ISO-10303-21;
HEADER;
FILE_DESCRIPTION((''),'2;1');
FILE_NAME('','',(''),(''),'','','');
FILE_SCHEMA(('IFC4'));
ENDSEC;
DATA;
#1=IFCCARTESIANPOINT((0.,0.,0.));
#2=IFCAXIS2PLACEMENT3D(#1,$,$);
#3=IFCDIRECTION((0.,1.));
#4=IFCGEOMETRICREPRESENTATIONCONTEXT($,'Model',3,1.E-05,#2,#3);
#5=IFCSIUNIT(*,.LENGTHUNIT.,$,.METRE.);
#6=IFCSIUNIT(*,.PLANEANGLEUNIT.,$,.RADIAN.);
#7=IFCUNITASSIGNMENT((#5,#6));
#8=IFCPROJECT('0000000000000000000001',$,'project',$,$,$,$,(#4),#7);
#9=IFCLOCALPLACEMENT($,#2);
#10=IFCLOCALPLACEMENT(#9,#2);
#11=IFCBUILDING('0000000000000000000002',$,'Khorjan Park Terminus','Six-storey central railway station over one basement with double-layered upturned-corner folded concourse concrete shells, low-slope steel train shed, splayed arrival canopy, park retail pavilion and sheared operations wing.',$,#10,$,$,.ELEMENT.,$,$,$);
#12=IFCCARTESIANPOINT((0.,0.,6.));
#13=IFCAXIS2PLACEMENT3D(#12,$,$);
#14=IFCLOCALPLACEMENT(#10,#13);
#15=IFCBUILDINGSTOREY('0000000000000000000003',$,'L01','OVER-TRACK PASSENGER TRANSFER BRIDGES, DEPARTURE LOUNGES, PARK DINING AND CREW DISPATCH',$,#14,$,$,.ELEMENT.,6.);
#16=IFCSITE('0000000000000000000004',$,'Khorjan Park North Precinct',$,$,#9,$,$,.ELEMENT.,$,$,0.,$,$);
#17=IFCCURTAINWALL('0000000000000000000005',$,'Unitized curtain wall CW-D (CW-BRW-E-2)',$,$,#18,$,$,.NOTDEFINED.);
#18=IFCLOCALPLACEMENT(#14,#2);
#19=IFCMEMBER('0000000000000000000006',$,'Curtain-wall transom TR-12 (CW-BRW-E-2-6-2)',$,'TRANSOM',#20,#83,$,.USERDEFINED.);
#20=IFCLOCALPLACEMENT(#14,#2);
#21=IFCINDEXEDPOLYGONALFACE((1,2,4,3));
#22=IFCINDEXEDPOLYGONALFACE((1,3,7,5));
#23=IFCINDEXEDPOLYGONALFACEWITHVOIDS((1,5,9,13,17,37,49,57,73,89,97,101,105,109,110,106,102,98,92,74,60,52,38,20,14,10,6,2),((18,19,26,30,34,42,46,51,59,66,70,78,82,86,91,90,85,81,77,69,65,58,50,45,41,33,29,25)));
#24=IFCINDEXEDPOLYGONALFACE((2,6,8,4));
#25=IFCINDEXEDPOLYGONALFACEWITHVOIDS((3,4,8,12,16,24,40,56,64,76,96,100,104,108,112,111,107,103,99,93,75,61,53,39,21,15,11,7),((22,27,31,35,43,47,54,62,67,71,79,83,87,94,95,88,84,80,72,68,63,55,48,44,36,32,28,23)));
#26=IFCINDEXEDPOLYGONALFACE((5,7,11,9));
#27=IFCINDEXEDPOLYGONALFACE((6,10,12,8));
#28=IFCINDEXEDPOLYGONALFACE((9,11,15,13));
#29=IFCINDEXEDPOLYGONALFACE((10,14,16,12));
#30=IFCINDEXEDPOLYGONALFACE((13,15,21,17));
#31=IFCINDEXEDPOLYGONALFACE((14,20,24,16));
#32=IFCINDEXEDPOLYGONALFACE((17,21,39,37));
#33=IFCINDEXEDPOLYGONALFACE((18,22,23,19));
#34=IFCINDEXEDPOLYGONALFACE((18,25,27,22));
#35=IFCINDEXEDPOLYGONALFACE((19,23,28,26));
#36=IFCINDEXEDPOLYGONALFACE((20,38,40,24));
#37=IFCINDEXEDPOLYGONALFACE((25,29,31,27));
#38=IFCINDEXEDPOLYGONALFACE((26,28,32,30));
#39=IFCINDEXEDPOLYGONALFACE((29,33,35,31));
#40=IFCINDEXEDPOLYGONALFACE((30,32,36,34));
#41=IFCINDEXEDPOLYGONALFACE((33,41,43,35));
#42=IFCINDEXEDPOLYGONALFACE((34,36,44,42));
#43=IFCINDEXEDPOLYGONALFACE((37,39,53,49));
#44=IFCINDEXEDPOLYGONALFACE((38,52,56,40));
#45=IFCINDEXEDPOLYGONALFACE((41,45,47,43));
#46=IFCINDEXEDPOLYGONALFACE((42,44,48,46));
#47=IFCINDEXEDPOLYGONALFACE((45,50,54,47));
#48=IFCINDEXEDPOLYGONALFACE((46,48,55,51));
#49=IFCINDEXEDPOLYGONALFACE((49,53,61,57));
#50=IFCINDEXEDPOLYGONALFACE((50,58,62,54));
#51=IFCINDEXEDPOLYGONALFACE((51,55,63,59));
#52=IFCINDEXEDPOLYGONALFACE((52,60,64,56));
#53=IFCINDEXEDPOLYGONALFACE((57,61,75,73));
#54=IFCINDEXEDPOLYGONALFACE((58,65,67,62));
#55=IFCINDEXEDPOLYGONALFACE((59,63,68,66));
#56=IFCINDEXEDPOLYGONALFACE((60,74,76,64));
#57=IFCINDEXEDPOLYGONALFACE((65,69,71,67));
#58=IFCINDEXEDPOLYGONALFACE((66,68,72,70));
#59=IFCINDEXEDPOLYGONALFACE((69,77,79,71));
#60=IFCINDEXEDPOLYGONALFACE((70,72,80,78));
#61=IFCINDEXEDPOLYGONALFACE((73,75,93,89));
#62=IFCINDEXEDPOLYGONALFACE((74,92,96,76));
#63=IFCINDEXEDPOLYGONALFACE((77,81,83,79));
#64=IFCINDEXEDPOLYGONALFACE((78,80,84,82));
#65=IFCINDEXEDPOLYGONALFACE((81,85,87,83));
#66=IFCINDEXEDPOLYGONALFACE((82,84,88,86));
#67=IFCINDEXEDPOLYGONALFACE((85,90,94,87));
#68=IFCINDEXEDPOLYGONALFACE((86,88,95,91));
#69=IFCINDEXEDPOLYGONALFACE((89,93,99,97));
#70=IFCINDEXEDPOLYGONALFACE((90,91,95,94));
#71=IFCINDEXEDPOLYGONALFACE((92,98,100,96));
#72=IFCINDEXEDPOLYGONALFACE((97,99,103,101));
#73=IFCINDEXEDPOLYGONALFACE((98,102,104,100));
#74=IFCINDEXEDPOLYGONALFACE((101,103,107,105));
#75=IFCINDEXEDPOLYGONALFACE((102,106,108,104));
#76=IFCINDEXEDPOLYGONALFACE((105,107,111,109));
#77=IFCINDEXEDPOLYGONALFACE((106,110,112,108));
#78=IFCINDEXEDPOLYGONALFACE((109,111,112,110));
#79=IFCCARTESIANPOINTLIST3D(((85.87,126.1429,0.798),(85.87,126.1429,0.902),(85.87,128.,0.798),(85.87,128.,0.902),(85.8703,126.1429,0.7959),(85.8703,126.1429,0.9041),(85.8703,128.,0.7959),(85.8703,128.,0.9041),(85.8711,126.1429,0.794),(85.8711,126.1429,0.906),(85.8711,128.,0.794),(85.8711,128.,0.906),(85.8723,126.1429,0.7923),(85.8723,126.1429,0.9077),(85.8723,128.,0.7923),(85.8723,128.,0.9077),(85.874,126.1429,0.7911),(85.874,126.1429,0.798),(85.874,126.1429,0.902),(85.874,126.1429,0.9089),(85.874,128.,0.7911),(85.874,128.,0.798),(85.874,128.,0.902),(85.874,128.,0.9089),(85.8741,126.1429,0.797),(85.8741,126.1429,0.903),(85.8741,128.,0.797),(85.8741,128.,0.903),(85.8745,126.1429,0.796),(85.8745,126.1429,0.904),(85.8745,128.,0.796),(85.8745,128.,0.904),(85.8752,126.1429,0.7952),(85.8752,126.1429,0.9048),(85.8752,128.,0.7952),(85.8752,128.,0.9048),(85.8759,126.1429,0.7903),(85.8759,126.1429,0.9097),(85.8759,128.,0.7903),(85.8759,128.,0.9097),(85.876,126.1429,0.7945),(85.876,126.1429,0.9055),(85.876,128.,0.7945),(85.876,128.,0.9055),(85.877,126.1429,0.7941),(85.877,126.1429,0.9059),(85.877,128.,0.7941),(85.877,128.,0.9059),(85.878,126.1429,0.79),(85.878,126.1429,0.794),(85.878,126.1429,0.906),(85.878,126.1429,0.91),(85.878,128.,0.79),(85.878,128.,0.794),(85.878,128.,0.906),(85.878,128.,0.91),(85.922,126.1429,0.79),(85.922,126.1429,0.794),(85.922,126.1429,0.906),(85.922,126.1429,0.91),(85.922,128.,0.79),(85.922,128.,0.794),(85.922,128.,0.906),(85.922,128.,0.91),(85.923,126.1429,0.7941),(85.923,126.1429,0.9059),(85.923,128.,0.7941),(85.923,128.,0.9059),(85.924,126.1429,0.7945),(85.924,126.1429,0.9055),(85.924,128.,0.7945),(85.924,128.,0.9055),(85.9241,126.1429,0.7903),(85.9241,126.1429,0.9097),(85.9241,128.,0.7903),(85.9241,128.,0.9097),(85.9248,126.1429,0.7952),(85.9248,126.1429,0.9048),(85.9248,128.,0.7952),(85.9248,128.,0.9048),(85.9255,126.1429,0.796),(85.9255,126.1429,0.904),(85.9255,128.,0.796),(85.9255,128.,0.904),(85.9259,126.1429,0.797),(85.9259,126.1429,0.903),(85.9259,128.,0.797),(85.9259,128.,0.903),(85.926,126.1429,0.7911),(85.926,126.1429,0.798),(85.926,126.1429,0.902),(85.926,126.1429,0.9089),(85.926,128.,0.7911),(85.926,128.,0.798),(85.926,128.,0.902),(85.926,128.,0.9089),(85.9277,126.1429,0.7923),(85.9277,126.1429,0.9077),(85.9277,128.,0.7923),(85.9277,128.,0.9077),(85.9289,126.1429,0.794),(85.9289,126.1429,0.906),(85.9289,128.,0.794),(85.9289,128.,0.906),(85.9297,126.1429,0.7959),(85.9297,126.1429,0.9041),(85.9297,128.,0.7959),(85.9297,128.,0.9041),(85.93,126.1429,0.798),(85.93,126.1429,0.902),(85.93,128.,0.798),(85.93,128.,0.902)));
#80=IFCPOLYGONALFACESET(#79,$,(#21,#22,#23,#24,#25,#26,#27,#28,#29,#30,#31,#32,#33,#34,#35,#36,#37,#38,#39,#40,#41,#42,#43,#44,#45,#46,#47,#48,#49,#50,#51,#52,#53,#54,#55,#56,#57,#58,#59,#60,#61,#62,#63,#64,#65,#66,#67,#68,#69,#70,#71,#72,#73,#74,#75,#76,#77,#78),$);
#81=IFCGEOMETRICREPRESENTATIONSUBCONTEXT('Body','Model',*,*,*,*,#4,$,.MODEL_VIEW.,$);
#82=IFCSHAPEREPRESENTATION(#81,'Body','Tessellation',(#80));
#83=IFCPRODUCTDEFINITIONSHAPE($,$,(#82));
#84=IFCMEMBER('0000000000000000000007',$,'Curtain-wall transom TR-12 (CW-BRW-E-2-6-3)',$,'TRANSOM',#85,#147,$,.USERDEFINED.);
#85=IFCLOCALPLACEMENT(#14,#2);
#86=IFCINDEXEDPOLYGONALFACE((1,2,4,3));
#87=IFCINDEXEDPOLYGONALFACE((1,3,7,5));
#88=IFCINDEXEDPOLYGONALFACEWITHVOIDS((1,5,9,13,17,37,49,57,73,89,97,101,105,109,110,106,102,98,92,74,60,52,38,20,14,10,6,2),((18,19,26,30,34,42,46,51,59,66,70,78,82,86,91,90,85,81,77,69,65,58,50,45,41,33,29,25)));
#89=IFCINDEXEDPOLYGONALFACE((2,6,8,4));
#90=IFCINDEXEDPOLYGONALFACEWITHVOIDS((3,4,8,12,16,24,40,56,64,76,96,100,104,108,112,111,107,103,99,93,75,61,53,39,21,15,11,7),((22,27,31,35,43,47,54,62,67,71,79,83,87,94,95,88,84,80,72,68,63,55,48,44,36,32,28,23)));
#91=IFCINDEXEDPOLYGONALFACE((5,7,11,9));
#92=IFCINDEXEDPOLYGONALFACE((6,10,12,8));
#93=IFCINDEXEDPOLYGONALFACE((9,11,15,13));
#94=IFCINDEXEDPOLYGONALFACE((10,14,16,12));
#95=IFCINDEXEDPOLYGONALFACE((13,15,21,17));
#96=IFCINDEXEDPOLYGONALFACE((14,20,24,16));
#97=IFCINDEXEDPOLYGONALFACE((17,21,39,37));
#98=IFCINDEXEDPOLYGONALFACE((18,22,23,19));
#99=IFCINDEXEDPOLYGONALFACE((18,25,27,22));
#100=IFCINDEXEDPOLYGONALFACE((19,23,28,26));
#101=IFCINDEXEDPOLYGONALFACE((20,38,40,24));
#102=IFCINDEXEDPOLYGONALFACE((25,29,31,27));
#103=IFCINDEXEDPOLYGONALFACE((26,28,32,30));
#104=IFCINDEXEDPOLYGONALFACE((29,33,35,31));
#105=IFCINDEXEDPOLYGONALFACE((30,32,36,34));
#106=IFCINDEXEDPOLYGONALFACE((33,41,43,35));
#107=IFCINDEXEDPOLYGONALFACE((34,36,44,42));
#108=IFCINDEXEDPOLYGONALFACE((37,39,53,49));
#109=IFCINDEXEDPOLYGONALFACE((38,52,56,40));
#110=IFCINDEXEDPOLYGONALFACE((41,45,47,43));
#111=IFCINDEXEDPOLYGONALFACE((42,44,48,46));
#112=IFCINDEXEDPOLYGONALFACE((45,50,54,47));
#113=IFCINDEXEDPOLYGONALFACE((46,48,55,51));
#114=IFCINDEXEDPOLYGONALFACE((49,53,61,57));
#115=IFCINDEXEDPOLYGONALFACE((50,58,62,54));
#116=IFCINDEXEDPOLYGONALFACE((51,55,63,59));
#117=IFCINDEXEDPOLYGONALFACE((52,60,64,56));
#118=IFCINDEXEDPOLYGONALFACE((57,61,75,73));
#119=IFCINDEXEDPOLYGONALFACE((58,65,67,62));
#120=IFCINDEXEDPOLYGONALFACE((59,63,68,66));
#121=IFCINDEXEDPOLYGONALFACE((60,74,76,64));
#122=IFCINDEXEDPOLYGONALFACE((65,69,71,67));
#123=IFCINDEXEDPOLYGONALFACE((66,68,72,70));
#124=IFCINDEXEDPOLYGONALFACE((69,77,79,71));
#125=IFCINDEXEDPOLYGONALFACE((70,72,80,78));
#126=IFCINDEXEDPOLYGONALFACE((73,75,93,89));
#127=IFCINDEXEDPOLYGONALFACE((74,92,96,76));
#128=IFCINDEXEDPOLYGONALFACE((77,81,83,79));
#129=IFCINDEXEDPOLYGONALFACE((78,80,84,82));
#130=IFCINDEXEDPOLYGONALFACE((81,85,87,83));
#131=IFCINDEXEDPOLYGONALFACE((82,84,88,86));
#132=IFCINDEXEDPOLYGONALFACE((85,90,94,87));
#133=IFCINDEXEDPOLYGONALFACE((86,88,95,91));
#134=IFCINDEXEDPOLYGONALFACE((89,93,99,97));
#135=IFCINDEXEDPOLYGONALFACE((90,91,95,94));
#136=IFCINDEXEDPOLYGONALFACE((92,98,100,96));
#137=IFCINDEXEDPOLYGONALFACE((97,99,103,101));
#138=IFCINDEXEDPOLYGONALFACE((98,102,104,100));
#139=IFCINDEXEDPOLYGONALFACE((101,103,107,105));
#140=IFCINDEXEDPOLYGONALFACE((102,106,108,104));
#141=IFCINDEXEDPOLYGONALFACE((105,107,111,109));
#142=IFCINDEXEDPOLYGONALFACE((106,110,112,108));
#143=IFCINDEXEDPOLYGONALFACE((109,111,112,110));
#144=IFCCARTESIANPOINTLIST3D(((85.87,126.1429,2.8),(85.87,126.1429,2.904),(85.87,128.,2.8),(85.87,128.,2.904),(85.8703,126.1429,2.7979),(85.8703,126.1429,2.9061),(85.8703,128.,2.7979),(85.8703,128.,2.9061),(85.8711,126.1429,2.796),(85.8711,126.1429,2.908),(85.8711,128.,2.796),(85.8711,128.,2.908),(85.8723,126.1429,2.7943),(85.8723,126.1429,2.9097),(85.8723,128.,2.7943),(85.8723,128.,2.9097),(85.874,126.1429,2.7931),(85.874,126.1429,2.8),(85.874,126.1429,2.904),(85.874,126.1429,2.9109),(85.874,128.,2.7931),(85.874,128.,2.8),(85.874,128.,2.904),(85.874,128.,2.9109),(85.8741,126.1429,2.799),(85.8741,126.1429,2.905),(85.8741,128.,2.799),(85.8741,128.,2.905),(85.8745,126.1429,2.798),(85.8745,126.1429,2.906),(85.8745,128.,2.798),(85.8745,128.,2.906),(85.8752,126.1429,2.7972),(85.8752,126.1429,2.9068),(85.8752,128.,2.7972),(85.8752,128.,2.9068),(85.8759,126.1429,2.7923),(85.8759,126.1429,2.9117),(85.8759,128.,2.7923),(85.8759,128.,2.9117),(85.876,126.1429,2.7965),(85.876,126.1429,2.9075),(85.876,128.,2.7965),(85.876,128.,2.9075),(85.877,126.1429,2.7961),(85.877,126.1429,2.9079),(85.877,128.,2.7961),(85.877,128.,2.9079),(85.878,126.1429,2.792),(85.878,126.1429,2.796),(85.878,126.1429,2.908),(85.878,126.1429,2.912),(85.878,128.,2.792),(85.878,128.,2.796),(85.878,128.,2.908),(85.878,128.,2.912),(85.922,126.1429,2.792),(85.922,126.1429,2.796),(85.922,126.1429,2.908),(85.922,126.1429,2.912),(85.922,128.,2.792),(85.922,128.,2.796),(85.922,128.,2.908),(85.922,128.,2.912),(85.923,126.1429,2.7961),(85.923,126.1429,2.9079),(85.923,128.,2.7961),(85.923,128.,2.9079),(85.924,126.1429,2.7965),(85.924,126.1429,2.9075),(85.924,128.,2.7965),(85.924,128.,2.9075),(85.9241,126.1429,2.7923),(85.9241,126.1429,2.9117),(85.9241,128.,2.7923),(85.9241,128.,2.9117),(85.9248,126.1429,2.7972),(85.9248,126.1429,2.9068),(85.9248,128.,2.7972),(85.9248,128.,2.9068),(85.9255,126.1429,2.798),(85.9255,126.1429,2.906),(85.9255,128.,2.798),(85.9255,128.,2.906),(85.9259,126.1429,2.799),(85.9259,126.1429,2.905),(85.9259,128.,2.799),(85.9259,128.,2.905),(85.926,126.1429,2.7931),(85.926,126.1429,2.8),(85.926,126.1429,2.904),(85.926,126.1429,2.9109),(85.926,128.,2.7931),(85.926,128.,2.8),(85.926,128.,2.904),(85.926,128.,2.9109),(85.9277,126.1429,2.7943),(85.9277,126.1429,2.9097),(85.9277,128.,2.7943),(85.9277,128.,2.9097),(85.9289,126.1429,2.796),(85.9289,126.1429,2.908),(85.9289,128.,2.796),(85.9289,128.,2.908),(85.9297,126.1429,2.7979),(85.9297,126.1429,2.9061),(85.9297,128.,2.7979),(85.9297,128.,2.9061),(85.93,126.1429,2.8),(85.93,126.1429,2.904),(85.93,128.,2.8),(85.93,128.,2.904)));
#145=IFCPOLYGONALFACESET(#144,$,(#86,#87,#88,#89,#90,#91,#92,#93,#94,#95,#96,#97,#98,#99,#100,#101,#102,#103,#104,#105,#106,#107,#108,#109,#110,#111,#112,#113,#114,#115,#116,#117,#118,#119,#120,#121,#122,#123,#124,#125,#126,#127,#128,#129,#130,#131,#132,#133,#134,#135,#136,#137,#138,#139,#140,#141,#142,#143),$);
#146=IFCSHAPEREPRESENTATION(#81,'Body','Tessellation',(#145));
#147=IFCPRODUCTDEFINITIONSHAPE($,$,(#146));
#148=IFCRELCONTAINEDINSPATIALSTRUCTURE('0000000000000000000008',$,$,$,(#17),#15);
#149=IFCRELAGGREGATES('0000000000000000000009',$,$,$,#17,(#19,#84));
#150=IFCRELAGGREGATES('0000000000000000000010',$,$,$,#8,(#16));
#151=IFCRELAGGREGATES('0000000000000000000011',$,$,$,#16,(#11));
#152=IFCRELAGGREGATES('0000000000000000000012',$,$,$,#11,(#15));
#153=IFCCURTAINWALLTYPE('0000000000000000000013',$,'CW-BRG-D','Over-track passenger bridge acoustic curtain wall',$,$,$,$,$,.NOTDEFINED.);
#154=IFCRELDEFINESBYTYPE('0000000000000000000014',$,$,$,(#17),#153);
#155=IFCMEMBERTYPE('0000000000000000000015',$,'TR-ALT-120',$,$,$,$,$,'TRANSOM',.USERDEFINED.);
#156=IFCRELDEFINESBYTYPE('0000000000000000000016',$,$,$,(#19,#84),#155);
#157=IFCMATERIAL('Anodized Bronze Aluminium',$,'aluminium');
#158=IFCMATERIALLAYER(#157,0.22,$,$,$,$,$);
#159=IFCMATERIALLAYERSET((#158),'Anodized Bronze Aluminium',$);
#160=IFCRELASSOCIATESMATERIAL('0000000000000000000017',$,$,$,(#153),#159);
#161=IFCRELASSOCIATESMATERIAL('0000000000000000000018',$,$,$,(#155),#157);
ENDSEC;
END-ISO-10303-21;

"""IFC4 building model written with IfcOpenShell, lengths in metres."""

from ifc_helpers import new_model, si_unit, direction, frame, origin, origin_2d, place, context, subcontext, project, spatial, hollow_rectangle, extrude, material, layer, layer_set, material_profile, profile_set, type_object, element, aggregate, save


model = new_model("IFC4")

# Units and contexts
model_context = context("Model", 3, precision=1e-05, world=origin(), true_north=direction((0.0, 1.0)))
body_context = subcontext(model_context, "Body", "Model", "MODEL_VIEW")
ifc_project = project(units=[si_unit("LENGTHUNIT", "METRE"), si_unit("PLANEANGLEUNIT", "RADIAN")], contexts=[model_context])

# Site, building, storey
site_placement = place(None, origin())
site = spatial("IfcSite", under=ifc_project, at=site_placement, Name="Khorjan Park North Precinct", CompositionType="ELEMENT", RefElevation=0.0)
building_placement = place(site_placement, origin())
building = spatial("IfcBuilding", under=site, at=building_placement, Name="Khorjan Park Terminus", Description="Six-storey central railway station over one basement with double-layered upturned-corner folded concourse concrete shells, low-slope steel train shed, splayed arrival canopy, park retail pavilion and sheared operations wing.", CompositionType="ELEMENT")
storey_placement = place(building_placement, frame((0.0, 0.0, 6.0)))
storey = spatial("IfcBuildingStorey", under=building, at=storey_placement, Name="L01", Description="OVER-TRACK PASSENGER TRANSFER BRIDGES, DEPARTURE LOUNGES, PARK DINING AND CREW DISPATCH", CompositionType="ELEMENT", Elevation=6.0)

# Curtain wall
ifc_material_1 = material(Name="Anodized Bronze Aluminium", Category="aluminium")
ifc_layer_1 = layer(ifc_material_1, 0.22)
ifc_layer_set_1 = layer_set([ifc_layer_1], Name="Anodized Bronze Aluminium")
curtain_wall_type = type_object("IfcCurtainWallType", Name="CW-BRG-D", Description="Over-track passenger bridge acoustic curtain wall", PredefinedType="NOTDEFINED", material=ifc_layer_set_1)
curtain_wall_1_placement = place(storey_placement, origin())
curtain_wall_1 = element("IfcCurtainWall", 1, at=curtain_wall_1_placement, inside=storey, type_object=curtain_wall_type, Name="Unitized curtain wall CW-D (CW-BRW-E-2)", PredefinedType="NOTDEFINED")

# Members
ifc_material_profile_1 = material_profile(ifc_material_1, hollow_rectangle(XDim=0.06, YDim=0.12, WallThickness=0.004, InnerFilletRadius=0.004, OuterFilletRadius=0.008, at=origin_2d()), Name="ALT 60x120x4")
ifc_profile_set_1 = profile_set([ifc_material_profile_1], Name="Anodized Bronze Aluminium")
member_type_1 = type_object("IfcMemberType", Name="TR-ALT-120", ElementType="TRANSOM", PredefinedType="USERDEFINED", material=ifc_profile_set_1)
member_1_placement = place(storey_placement, frame((85.9, 126.1429, 0.85), z_axis=(0.0, 1.0, 0.0), x_axis=(-1.0, 0.0, 0.0)))
member_1 = element("IfcMember", 2, at=member_1_placement, type_object=member_type_1, Name="Curtain-wall transom TR-12 (CW-BRW-E-2-6-2)", ObjectType="TRANSOM", PredefinedType="USERDEFINED", context=body_context, shape_type="SweptSolid", body=[
    extrude(hollow_rectangle(XDim=0.06, YDim=0.12, WallThickness=0.004, InnerFilletRadius=0.004, OuterFilletRadius=0.008, at=origin_2d()), origin(), (0.0, 0.0, 1.0), 1.8571),
])
member_2_placement = place(storey_placement, frame((85.9, 126.1429, 2.852), z_axis=(0.0, 1.0, 0.0), x_axis=(-1.0, 0.0, 0.0)))
member_2 = element("IfcMember", 3, at=member_2_placement, type_object=member_type_1, Name="Curtain-wall transom TR-12 (CW-BRW-E-2-6-3)", ObjectType="TRANSOM", PredefinedType="USERDEFINED", context=body_context, shape_type="SweptSolid", body=[
    extrude(hollow_rectangle(XDim=0.06, YDim=0.12, WallThickness=0.004, InnerFilletRadius=0.004, OuterFilletRadius=0.008, at=origin_2d()), origin(), (0.0, 0.0, 1.0), 1.8571),
])

aggregate(curtain_wall_1, [member_1, member_2])

save(model, "model.ifc")
